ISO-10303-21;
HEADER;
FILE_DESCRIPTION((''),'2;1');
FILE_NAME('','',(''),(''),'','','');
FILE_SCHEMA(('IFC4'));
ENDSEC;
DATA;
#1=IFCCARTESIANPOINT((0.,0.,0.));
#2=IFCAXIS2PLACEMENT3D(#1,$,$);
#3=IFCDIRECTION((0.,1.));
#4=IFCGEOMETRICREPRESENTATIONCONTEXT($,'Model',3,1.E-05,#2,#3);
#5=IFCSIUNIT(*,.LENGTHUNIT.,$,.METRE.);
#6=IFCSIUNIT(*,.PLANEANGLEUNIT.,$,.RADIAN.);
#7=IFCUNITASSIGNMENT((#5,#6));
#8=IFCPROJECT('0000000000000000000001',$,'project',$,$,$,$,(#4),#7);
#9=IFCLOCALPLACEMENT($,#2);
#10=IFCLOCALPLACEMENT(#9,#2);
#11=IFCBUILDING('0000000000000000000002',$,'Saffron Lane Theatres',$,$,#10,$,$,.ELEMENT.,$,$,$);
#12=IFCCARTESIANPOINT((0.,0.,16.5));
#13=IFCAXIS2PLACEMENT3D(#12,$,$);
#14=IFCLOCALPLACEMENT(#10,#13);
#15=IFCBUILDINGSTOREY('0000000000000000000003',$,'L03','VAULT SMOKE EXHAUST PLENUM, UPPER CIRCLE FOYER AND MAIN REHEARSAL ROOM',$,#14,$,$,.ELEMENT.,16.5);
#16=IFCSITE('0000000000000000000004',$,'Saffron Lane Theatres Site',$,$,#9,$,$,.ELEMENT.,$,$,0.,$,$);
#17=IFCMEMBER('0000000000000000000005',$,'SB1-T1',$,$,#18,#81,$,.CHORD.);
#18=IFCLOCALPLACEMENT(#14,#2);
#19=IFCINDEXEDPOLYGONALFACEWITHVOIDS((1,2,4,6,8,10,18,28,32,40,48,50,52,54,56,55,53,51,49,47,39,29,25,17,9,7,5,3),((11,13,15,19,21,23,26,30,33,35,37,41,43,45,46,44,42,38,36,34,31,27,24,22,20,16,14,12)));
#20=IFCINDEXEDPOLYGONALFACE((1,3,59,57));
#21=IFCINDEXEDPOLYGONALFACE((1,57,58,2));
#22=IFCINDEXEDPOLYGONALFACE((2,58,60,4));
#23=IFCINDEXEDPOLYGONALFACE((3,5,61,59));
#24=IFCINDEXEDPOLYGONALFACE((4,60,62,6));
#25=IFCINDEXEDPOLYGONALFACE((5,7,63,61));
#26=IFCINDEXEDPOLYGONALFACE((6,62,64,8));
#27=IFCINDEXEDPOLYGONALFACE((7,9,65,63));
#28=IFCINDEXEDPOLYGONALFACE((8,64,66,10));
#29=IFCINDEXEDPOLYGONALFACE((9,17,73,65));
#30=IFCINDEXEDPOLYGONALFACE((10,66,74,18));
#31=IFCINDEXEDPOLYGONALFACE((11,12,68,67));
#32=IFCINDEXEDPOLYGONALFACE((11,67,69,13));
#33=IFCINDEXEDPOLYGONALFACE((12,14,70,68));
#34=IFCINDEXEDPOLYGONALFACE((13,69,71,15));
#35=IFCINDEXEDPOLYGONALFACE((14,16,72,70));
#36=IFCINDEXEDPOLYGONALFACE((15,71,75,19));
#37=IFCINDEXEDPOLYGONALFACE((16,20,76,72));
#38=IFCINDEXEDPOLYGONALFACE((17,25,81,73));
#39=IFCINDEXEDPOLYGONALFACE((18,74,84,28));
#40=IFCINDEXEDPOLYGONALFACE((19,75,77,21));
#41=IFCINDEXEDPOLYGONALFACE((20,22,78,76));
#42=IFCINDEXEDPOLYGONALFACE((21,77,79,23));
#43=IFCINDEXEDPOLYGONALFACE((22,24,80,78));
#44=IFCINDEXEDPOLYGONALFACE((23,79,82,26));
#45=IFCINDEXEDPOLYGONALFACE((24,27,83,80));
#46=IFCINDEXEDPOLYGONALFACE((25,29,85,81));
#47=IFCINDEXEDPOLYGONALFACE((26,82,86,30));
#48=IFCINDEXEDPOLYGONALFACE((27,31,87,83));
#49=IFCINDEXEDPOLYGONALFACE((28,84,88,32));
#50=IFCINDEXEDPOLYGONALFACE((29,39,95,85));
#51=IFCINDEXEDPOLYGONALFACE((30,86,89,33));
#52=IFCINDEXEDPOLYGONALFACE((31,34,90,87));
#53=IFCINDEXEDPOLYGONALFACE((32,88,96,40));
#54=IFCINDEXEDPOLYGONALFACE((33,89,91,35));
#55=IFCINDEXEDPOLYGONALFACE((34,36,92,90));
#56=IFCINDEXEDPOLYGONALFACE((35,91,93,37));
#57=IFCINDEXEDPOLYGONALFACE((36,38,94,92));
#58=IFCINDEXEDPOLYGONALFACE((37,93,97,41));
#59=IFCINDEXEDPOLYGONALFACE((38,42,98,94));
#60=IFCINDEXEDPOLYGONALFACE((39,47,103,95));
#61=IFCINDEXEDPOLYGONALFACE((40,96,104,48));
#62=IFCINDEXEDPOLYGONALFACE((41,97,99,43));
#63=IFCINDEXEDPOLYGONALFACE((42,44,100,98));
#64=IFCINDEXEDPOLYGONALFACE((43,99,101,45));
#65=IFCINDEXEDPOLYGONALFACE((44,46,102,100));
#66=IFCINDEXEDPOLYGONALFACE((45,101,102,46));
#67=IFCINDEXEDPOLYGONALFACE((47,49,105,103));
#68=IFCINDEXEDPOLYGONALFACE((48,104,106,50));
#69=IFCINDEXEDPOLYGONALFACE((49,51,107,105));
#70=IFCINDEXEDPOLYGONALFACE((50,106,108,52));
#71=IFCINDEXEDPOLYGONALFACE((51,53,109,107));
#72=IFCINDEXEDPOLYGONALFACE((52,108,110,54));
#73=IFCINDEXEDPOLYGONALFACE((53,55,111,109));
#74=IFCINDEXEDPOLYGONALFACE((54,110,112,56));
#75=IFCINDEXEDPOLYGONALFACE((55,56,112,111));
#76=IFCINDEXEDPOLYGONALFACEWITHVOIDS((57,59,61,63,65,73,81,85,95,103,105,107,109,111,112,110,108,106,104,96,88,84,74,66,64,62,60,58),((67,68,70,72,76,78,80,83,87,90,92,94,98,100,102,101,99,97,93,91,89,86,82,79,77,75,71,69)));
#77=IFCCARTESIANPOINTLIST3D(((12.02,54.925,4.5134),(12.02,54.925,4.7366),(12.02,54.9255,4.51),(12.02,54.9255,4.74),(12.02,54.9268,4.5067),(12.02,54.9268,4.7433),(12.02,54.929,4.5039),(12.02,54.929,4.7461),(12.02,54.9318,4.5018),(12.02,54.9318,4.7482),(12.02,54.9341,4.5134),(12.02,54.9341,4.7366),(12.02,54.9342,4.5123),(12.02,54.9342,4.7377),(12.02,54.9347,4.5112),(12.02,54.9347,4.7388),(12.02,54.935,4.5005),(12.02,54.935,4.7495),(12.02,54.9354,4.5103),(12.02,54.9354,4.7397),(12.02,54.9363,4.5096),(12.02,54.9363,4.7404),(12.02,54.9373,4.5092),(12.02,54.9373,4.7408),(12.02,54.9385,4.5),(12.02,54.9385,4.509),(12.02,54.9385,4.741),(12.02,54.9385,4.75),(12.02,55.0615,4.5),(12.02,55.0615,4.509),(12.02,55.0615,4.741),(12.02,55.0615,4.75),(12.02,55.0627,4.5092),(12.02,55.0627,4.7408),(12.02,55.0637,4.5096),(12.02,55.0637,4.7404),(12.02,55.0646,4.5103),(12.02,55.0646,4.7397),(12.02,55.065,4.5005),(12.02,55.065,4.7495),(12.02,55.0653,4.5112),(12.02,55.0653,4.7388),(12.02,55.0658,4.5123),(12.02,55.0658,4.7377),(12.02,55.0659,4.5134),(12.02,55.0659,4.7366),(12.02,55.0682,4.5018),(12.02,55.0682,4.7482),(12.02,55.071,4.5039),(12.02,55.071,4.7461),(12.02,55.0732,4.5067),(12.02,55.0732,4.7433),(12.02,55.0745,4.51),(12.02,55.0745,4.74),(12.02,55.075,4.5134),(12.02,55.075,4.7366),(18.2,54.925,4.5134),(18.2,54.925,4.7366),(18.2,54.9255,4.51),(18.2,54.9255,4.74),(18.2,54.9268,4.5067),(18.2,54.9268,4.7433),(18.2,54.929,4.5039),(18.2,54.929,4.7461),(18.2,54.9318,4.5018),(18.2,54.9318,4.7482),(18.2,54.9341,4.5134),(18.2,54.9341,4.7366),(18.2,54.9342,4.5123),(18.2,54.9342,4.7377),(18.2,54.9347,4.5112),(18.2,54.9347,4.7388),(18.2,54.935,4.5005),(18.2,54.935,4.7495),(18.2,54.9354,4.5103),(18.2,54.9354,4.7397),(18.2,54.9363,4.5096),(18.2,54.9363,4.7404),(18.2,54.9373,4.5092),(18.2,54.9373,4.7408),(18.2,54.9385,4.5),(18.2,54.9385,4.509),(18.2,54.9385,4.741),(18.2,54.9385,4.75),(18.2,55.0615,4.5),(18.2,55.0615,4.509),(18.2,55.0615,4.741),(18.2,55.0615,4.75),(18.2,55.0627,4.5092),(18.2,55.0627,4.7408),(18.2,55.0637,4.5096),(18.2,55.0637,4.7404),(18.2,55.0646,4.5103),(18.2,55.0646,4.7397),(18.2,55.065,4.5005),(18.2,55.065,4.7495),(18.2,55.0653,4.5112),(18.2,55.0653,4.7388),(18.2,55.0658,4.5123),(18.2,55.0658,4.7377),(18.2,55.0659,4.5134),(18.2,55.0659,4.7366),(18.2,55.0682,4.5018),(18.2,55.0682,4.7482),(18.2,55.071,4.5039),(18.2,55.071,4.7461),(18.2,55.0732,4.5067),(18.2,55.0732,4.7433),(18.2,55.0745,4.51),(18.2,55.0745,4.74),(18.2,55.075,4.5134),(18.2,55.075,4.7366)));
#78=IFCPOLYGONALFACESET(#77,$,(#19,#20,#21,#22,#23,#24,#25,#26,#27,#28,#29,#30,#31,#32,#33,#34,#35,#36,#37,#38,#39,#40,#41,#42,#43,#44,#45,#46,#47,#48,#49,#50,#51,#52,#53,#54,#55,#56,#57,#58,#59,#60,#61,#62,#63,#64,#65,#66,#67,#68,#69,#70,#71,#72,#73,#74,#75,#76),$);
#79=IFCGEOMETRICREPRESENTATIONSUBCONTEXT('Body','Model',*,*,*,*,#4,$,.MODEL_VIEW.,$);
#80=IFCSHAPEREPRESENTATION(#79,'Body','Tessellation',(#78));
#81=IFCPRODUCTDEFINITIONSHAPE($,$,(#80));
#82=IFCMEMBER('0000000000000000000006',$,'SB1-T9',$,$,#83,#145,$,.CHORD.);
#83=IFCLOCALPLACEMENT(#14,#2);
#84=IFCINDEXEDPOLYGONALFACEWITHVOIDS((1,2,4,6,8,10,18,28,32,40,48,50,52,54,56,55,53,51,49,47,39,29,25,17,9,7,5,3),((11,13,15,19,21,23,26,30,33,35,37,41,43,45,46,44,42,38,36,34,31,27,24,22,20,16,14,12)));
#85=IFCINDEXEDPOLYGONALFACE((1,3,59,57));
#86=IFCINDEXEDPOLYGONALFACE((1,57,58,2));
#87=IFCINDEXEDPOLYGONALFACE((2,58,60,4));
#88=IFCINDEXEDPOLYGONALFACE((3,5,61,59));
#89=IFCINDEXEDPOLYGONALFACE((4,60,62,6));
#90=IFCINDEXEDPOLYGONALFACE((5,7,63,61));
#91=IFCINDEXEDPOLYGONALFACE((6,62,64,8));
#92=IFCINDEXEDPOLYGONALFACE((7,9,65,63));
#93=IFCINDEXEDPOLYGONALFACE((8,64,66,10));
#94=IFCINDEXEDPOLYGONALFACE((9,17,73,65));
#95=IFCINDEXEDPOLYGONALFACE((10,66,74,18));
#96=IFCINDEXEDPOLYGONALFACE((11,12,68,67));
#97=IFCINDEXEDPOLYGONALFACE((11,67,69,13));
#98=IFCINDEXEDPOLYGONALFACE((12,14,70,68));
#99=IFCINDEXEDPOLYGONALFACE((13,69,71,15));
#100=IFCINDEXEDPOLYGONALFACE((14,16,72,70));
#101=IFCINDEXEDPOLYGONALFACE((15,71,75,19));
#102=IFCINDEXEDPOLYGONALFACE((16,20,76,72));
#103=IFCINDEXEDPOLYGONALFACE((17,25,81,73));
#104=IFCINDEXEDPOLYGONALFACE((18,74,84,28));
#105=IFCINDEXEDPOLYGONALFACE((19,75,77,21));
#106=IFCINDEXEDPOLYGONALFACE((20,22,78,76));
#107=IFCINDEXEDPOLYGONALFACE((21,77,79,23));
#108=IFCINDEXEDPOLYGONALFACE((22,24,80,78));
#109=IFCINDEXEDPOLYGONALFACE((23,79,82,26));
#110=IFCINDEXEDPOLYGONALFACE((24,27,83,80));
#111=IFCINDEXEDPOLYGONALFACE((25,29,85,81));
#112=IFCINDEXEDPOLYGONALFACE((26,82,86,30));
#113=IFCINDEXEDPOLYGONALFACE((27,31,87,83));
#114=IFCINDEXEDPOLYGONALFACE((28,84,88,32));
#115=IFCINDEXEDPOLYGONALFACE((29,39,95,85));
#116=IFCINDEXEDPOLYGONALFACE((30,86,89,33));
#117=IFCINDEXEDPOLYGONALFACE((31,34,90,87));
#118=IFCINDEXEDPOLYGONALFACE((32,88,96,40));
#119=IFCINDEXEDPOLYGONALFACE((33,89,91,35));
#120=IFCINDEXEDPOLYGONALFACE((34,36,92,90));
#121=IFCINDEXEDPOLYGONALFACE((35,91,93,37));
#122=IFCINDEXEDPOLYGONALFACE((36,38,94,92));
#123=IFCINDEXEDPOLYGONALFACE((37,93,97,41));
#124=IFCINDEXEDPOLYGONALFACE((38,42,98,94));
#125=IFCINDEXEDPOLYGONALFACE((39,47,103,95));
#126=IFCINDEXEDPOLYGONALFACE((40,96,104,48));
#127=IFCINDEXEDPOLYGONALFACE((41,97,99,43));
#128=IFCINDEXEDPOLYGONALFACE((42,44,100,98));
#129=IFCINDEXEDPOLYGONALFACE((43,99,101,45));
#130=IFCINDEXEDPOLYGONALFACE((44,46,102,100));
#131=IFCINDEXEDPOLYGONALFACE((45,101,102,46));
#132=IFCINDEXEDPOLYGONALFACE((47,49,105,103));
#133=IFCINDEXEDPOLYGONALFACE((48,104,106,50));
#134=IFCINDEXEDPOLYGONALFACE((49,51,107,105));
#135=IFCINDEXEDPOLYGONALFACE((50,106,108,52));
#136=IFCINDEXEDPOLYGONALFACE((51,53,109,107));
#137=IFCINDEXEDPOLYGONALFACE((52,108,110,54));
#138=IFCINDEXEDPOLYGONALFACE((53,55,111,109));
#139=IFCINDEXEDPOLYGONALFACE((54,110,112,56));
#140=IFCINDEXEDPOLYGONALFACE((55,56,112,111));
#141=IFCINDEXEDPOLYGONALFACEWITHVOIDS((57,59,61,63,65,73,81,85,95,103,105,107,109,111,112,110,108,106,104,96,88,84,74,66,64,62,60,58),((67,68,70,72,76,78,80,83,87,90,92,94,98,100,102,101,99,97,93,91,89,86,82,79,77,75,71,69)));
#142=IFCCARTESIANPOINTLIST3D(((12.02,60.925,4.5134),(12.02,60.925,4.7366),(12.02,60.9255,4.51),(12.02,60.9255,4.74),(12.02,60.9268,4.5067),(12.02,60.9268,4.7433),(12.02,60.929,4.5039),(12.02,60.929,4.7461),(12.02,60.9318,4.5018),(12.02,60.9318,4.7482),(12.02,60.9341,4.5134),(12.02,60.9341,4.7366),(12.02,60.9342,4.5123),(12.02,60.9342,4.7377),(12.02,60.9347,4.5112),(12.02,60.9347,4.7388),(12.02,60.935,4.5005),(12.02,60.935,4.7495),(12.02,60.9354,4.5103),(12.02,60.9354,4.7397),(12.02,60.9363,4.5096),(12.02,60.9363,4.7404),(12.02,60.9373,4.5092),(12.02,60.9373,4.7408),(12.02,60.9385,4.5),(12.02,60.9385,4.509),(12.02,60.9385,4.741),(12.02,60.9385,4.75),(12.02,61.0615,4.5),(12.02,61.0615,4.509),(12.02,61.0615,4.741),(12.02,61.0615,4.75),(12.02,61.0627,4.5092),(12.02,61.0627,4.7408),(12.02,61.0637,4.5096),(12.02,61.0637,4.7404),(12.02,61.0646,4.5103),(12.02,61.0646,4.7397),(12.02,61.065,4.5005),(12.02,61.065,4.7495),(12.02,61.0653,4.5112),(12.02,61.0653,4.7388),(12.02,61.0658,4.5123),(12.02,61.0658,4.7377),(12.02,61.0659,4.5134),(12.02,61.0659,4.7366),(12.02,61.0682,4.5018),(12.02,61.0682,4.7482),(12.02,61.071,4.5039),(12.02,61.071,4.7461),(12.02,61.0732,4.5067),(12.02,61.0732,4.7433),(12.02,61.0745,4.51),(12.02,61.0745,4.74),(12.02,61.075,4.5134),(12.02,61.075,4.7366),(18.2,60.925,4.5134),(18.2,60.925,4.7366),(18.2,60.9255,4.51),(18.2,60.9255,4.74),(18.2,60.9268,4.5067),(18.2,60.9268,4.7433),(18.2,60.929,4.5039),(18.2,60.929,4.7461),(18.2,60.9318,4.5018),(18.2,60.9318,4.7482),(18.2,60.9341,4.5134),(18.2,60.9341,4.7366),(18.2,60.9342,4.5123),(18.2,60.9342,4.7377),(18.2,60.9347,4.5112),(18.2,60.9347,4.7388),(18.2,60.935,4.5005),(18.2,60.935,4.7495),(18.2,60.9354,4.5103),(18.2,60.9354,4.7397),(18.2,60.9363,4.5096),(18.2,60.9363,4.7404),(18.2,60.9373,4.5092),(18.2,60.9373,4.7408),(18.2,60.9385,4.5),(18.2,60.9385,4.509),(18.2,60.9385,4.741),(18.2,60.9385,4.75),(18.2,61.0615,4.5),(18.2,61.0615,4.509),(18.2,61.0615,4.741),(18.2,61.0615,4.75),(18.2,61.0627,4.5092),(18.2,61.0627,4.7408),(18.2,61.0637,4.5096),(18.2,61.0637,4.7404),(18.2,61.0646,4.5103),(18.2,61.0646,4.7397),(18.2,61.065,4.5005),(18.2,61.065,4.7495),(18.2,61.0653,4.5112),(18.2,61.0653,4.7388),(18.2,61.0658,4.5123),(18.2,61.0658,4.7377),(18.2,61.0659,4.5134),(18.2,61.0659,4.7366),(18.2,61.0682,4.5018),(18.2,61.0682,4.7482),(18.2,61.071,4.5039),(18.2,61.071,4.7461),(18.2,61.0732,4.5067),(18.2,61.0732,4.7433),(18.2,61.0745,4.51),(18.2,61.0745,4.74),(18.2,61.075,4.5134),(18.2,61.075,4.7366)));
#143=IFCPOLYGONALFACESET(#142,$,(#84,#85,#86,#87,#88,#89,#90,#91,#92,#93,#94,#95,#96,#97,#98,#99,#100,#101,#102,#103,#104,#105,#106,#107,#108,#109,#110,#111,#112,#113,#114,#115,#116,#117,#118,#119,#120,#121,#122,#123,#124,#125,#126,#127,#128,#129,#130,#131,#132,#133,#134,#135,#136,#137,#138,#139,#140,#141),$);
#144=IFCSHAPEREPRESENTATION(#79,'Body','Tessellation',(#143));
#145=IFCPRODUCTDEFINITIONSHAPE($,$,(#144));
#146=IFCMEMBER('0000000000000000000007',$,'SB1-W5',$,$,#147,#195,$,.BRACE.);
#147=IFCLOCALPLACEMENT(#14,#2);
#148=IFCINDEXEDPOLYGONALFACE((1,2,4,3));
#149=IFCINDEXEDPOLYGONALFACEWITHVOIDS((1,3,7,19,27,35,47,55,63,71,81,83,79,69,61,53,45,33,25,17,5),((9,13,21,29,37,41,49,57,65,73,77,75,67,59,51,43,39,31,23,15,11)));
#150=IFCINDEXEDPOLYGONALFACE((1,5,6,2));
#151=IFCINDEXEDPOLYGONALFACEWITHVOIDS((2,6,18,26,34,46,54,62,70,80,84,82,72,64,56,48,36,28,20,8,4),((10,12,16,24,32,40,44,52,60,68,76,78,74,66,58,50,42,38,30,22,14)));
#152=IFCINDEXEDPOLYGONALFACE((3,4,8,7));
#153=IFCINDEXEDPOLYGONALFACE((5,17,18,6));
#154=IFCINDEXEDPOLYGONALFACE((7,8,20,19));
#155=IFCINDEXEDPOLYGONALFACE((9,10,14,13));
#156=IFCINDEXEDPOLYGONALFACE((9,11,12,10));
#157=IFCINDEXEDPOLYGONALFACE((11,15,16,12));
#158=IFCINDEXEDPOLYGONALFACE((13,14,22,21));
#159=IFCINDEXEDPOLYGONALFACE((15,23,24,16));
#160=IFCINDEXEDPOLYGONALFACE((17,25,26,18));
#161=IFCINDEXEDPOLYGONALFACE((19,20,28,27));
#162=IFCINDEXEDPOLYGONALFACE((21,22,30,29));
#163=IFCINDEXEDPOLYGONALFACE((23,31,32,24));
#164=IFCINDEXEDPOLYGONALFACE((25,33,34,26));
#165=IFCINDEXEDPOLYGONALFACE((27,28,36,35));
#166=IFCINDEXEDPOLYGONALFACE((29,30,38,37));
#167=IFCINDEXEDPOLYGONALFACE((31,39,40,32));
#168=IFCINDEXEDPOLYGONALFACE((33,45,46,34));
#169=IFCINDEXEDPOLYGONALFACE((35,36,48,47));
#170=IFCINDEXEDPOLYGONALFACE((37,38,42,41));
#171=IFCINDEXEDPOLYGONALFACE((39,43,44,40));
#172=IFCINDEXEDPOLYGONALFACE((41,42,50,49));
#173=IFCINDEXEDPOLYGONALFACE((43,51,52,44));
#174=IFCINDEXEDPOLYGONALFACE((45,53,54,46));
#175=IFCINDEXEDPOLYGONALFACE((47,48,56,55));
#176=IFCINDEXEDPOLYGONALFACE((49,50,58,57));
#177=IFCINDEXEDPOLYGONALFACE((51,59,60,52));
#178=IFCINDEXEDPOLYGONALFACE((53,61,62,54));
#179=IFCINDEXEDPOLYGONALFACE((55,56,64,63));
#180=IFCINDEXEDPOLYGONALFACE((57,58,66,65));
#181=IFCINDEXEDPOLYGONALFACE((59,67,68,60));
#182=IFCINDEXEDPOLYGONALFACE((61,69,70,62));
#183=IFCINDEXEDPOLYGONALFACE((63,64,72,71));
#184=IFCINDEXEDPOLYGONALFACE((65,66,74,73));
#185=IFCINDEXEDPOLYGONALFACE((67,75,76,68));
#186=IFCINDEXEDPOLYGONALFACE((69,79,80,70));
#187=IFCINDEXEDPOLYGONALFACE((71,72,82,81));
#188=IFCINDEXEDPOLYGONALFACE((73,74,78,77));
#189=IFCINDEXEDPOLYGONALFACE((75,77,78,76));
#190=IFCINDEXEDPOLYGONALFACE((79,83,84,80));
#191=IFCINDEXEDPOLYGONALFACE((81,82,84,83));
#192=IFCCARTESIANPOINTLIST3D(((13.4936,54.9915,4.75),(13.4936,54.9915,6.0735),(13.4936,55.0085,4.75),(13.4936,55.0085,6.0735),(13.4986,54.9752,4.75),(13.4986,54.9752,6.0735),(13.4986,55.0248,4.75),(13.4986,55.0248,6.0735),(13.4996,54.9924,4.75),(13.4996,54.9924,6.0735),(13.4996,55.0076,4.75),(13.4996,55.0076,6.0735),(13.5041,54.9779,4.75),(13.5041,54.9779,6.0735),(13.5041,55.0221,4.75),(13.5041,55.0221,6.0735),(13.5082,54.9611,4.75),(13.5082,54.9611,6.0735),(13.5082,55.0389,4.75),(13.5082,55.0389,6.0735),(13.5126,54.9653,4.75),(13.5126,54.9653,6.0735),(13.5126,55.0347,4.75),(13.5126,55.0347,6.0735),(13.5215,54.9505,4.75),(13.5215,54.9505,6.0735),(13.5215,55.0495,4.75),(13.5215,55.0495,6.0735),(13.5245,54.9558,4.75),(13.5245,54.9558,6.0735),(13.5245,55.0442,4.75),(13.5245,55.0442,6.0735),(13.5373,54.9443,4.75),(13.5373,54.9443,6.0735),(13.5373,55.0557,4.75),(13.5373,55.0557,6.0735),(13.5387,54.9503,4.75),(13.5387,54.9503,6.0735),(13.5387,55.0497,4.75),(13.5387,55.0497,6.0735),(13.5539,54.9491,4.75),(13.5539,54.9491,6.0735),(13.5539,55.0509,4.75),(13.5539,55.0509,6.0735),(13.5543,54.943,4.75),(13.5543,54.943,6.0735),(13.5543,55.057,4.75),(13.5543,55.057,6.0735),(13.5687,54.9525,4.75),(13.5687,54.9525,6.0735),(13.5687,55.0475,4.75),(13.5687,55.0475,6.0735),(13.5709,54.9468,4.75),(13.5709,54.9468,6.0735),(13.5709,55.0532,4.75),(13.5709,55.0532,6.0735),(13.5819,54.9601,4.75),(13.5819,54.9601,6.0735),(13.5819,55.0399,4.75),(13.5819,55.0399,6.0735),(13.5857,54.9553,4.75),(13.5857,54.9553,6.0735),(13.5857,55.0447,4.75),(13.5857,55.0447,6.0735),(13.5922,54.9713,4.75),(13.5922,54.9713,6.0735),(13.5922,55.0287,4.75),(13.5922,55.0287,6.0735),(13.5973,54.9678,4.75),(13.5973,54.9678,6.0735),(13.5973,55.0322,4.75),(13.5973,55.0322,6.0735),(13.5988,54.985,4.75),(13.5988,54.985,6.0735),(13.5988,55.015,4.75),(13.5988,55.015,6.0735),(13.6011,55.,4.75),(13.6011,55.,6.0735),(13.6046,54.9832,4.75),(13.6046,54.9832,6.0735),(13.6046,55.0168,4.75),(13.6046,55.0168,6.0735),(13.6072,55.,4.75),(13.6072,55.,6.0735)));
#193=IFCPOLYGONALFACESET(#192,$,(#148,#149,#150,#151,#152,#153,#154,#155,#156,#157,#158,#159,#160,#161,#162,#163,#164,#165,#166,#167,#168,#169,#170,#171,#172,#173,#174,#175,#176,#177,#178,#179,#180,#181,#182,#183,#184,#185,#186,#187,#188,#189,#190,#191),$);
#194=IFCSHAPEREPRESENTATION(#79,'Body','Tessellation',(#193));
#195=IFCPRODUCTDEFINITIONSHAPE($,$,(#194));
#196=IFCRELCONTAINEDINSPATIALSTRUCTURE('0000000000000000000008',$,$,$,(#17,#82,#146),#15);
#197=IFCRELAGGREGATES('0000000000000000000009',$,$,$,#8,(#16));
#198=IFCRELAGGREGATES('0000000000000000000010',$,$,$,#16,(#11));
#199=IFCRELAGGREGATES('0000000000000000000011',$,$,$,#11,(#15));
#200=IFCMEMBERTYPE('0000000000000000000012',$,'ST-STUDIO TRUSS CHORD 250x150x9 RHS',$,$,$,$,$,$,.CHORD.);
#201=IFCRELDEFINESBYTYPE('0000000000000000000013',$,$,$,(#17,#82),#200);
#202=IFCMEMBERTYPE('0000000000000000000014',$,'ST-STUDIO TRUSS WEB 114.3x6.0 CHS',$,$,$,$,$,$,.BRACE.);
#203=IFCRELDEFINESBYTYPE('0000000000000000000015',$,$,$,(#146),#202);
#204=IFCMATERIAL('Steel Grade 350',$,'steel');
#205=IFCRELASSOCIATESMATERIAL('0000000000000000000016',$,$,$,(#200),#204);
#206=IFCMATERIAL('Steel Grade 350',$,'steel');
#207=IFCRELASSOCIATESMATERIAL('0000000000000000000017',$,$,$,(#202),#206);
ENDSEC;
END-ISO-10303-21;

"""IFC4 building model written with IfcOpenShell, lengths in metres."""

from ifc_helpers import new_model, si_unit, direction, frame, origin, origin_2d, place, context, subcontext, project, spatial, hollow_rectangle, hollow_circle, extrude, material, material_profile, profile_set, type_object, element, save


model = new_model("IFC4")

# Units and contexts
model_context = context("Model", 3, precision=1e-05, world=origin(), true_north=direction((0.0, 1.0)))
body_context = subcontext(model_context, "Body", "Model", "MODEL_VIEW")
ifc_project = project(units=[si_unit("LENGTHUNIT", "METRE"), si_unit("PLANEANGLEUNIT", "RADIAN")], contexts=[model_context])

# Site, building, storey
site_placement = place(None, origin())
site = spatial("IfcSite", under=ifc_project, at=site_placement, Name="Saffron Lane Theatres Site", CompositionType="ELEMENT", RefElevation=0.0)
building_placement = place(site_placement, origin())
building = spatial("IfcBuilding", under=site, at=building_placement, Name="Saffron Lane Theatres", CompositionType="ELEMENT")
storey_placement = place(building_placement, frame((0.0, 0.0, 16.5)))
storey = spatial("IfcBuildingStorey", under=building, at=storey_placement, Name="L03", Description="VAULT SMOKE EXHAUST PLENUM, UPPER CIRCLE FOYER AND MAIN REHEARSAL ROOM", CompositionType="ELEMENT", Elevation=16.5)

# Members
ifc_material_1 = material(Name="Steel Grade 350", Category="steel")
ifc_material_profile_1 = material_profile(ifc_material_1, hollow_rectangle(XDim=0.1499, YDim=0.25, WallThickness=0.009, InnerFilletRadius=0.0044, OuterFilletRadius=0.0134, at=origin_2d()))
ifc_profile_set_1 = profile_set([ifc_material_profile_1], Name="Steel Grade 350")
member_type_1 = type_object("IfcMemberType", Name="ST-STUDIO TRUSS CHORD 250x150x9 RHS", PredefinedType="CHORD", material=ifc_profile_set_1)
for number, where, z_axis, x_axis, name in (
    (1, (12.02, 55.0, 4.625), (1.0, 0.0, 0.0), (0.0, 1.0, 0.0), "SB1-T1"),
    (2, (12.02, 61.0, 4.625), (1.0, 0.0, 0.0), (0.0, 1.0, 0.0), "SB1-T9"),
):
    element("IfcMember", number, at=place(storey_placement, frame(where, z_axis=z_axis, x_axis=x_axis)), inside=storey, type_object=member_type_1, Name=name, PredefinedType="CHORD", context=body_context, shape_type="SweptSolid", body=[
        extrude(hollow_rectangle(XDim=0.1499, YDim=0.25, WallThickness=0.009, InnerFilletRadius=0.0044, OuterFilletRadius=0.0134, at=origin_2d()), origin(), (0.0, 0.0, 1.0), 6.1799),
    ])
ifc_material_2 = material(Name="Steel Grade 350", Category="steel")
ifc_material_profile_2 = material_profile(ifc_material_2, hollow_circle(Radius=0.0571, WallThickness=0.0061, at=origin_2d()))
ifc_profile_set_2 = profile_set([ifc_material_profile_2], Name="Steel Grade 350")
member_type_2 = type_object("IfcMemberType", Name="ST-STUDIO TRUSS WEB 114.3x6.0 CHS", PredefinedType="BRACE", material=ifc_profile_set_2)
for number, where, z_axis, x_axis, name in (
    (3, (13.55, 55.0, 4.75), (0.0, 0.0, 1.0), (1.0, 0.0, 0.0), "SB1-W5"),
):
    element("IfcMember", number, at=place(storey_placement, frame(where, z_axis=z_axis, x_axis=x_axis)), inside=storey, type_object=member_type_2, Name=name, PredefinedType="BRACE", context=body_context, shape_type="SweptSolid", body=[
        extrude(hollow_circle(Radius=0.0571, WallThickness=0.0061, at=origin_2d()), origin(), (0.0, 0.0, 1.0), 1.3235),
    ])

save(model, "model.ifc")
